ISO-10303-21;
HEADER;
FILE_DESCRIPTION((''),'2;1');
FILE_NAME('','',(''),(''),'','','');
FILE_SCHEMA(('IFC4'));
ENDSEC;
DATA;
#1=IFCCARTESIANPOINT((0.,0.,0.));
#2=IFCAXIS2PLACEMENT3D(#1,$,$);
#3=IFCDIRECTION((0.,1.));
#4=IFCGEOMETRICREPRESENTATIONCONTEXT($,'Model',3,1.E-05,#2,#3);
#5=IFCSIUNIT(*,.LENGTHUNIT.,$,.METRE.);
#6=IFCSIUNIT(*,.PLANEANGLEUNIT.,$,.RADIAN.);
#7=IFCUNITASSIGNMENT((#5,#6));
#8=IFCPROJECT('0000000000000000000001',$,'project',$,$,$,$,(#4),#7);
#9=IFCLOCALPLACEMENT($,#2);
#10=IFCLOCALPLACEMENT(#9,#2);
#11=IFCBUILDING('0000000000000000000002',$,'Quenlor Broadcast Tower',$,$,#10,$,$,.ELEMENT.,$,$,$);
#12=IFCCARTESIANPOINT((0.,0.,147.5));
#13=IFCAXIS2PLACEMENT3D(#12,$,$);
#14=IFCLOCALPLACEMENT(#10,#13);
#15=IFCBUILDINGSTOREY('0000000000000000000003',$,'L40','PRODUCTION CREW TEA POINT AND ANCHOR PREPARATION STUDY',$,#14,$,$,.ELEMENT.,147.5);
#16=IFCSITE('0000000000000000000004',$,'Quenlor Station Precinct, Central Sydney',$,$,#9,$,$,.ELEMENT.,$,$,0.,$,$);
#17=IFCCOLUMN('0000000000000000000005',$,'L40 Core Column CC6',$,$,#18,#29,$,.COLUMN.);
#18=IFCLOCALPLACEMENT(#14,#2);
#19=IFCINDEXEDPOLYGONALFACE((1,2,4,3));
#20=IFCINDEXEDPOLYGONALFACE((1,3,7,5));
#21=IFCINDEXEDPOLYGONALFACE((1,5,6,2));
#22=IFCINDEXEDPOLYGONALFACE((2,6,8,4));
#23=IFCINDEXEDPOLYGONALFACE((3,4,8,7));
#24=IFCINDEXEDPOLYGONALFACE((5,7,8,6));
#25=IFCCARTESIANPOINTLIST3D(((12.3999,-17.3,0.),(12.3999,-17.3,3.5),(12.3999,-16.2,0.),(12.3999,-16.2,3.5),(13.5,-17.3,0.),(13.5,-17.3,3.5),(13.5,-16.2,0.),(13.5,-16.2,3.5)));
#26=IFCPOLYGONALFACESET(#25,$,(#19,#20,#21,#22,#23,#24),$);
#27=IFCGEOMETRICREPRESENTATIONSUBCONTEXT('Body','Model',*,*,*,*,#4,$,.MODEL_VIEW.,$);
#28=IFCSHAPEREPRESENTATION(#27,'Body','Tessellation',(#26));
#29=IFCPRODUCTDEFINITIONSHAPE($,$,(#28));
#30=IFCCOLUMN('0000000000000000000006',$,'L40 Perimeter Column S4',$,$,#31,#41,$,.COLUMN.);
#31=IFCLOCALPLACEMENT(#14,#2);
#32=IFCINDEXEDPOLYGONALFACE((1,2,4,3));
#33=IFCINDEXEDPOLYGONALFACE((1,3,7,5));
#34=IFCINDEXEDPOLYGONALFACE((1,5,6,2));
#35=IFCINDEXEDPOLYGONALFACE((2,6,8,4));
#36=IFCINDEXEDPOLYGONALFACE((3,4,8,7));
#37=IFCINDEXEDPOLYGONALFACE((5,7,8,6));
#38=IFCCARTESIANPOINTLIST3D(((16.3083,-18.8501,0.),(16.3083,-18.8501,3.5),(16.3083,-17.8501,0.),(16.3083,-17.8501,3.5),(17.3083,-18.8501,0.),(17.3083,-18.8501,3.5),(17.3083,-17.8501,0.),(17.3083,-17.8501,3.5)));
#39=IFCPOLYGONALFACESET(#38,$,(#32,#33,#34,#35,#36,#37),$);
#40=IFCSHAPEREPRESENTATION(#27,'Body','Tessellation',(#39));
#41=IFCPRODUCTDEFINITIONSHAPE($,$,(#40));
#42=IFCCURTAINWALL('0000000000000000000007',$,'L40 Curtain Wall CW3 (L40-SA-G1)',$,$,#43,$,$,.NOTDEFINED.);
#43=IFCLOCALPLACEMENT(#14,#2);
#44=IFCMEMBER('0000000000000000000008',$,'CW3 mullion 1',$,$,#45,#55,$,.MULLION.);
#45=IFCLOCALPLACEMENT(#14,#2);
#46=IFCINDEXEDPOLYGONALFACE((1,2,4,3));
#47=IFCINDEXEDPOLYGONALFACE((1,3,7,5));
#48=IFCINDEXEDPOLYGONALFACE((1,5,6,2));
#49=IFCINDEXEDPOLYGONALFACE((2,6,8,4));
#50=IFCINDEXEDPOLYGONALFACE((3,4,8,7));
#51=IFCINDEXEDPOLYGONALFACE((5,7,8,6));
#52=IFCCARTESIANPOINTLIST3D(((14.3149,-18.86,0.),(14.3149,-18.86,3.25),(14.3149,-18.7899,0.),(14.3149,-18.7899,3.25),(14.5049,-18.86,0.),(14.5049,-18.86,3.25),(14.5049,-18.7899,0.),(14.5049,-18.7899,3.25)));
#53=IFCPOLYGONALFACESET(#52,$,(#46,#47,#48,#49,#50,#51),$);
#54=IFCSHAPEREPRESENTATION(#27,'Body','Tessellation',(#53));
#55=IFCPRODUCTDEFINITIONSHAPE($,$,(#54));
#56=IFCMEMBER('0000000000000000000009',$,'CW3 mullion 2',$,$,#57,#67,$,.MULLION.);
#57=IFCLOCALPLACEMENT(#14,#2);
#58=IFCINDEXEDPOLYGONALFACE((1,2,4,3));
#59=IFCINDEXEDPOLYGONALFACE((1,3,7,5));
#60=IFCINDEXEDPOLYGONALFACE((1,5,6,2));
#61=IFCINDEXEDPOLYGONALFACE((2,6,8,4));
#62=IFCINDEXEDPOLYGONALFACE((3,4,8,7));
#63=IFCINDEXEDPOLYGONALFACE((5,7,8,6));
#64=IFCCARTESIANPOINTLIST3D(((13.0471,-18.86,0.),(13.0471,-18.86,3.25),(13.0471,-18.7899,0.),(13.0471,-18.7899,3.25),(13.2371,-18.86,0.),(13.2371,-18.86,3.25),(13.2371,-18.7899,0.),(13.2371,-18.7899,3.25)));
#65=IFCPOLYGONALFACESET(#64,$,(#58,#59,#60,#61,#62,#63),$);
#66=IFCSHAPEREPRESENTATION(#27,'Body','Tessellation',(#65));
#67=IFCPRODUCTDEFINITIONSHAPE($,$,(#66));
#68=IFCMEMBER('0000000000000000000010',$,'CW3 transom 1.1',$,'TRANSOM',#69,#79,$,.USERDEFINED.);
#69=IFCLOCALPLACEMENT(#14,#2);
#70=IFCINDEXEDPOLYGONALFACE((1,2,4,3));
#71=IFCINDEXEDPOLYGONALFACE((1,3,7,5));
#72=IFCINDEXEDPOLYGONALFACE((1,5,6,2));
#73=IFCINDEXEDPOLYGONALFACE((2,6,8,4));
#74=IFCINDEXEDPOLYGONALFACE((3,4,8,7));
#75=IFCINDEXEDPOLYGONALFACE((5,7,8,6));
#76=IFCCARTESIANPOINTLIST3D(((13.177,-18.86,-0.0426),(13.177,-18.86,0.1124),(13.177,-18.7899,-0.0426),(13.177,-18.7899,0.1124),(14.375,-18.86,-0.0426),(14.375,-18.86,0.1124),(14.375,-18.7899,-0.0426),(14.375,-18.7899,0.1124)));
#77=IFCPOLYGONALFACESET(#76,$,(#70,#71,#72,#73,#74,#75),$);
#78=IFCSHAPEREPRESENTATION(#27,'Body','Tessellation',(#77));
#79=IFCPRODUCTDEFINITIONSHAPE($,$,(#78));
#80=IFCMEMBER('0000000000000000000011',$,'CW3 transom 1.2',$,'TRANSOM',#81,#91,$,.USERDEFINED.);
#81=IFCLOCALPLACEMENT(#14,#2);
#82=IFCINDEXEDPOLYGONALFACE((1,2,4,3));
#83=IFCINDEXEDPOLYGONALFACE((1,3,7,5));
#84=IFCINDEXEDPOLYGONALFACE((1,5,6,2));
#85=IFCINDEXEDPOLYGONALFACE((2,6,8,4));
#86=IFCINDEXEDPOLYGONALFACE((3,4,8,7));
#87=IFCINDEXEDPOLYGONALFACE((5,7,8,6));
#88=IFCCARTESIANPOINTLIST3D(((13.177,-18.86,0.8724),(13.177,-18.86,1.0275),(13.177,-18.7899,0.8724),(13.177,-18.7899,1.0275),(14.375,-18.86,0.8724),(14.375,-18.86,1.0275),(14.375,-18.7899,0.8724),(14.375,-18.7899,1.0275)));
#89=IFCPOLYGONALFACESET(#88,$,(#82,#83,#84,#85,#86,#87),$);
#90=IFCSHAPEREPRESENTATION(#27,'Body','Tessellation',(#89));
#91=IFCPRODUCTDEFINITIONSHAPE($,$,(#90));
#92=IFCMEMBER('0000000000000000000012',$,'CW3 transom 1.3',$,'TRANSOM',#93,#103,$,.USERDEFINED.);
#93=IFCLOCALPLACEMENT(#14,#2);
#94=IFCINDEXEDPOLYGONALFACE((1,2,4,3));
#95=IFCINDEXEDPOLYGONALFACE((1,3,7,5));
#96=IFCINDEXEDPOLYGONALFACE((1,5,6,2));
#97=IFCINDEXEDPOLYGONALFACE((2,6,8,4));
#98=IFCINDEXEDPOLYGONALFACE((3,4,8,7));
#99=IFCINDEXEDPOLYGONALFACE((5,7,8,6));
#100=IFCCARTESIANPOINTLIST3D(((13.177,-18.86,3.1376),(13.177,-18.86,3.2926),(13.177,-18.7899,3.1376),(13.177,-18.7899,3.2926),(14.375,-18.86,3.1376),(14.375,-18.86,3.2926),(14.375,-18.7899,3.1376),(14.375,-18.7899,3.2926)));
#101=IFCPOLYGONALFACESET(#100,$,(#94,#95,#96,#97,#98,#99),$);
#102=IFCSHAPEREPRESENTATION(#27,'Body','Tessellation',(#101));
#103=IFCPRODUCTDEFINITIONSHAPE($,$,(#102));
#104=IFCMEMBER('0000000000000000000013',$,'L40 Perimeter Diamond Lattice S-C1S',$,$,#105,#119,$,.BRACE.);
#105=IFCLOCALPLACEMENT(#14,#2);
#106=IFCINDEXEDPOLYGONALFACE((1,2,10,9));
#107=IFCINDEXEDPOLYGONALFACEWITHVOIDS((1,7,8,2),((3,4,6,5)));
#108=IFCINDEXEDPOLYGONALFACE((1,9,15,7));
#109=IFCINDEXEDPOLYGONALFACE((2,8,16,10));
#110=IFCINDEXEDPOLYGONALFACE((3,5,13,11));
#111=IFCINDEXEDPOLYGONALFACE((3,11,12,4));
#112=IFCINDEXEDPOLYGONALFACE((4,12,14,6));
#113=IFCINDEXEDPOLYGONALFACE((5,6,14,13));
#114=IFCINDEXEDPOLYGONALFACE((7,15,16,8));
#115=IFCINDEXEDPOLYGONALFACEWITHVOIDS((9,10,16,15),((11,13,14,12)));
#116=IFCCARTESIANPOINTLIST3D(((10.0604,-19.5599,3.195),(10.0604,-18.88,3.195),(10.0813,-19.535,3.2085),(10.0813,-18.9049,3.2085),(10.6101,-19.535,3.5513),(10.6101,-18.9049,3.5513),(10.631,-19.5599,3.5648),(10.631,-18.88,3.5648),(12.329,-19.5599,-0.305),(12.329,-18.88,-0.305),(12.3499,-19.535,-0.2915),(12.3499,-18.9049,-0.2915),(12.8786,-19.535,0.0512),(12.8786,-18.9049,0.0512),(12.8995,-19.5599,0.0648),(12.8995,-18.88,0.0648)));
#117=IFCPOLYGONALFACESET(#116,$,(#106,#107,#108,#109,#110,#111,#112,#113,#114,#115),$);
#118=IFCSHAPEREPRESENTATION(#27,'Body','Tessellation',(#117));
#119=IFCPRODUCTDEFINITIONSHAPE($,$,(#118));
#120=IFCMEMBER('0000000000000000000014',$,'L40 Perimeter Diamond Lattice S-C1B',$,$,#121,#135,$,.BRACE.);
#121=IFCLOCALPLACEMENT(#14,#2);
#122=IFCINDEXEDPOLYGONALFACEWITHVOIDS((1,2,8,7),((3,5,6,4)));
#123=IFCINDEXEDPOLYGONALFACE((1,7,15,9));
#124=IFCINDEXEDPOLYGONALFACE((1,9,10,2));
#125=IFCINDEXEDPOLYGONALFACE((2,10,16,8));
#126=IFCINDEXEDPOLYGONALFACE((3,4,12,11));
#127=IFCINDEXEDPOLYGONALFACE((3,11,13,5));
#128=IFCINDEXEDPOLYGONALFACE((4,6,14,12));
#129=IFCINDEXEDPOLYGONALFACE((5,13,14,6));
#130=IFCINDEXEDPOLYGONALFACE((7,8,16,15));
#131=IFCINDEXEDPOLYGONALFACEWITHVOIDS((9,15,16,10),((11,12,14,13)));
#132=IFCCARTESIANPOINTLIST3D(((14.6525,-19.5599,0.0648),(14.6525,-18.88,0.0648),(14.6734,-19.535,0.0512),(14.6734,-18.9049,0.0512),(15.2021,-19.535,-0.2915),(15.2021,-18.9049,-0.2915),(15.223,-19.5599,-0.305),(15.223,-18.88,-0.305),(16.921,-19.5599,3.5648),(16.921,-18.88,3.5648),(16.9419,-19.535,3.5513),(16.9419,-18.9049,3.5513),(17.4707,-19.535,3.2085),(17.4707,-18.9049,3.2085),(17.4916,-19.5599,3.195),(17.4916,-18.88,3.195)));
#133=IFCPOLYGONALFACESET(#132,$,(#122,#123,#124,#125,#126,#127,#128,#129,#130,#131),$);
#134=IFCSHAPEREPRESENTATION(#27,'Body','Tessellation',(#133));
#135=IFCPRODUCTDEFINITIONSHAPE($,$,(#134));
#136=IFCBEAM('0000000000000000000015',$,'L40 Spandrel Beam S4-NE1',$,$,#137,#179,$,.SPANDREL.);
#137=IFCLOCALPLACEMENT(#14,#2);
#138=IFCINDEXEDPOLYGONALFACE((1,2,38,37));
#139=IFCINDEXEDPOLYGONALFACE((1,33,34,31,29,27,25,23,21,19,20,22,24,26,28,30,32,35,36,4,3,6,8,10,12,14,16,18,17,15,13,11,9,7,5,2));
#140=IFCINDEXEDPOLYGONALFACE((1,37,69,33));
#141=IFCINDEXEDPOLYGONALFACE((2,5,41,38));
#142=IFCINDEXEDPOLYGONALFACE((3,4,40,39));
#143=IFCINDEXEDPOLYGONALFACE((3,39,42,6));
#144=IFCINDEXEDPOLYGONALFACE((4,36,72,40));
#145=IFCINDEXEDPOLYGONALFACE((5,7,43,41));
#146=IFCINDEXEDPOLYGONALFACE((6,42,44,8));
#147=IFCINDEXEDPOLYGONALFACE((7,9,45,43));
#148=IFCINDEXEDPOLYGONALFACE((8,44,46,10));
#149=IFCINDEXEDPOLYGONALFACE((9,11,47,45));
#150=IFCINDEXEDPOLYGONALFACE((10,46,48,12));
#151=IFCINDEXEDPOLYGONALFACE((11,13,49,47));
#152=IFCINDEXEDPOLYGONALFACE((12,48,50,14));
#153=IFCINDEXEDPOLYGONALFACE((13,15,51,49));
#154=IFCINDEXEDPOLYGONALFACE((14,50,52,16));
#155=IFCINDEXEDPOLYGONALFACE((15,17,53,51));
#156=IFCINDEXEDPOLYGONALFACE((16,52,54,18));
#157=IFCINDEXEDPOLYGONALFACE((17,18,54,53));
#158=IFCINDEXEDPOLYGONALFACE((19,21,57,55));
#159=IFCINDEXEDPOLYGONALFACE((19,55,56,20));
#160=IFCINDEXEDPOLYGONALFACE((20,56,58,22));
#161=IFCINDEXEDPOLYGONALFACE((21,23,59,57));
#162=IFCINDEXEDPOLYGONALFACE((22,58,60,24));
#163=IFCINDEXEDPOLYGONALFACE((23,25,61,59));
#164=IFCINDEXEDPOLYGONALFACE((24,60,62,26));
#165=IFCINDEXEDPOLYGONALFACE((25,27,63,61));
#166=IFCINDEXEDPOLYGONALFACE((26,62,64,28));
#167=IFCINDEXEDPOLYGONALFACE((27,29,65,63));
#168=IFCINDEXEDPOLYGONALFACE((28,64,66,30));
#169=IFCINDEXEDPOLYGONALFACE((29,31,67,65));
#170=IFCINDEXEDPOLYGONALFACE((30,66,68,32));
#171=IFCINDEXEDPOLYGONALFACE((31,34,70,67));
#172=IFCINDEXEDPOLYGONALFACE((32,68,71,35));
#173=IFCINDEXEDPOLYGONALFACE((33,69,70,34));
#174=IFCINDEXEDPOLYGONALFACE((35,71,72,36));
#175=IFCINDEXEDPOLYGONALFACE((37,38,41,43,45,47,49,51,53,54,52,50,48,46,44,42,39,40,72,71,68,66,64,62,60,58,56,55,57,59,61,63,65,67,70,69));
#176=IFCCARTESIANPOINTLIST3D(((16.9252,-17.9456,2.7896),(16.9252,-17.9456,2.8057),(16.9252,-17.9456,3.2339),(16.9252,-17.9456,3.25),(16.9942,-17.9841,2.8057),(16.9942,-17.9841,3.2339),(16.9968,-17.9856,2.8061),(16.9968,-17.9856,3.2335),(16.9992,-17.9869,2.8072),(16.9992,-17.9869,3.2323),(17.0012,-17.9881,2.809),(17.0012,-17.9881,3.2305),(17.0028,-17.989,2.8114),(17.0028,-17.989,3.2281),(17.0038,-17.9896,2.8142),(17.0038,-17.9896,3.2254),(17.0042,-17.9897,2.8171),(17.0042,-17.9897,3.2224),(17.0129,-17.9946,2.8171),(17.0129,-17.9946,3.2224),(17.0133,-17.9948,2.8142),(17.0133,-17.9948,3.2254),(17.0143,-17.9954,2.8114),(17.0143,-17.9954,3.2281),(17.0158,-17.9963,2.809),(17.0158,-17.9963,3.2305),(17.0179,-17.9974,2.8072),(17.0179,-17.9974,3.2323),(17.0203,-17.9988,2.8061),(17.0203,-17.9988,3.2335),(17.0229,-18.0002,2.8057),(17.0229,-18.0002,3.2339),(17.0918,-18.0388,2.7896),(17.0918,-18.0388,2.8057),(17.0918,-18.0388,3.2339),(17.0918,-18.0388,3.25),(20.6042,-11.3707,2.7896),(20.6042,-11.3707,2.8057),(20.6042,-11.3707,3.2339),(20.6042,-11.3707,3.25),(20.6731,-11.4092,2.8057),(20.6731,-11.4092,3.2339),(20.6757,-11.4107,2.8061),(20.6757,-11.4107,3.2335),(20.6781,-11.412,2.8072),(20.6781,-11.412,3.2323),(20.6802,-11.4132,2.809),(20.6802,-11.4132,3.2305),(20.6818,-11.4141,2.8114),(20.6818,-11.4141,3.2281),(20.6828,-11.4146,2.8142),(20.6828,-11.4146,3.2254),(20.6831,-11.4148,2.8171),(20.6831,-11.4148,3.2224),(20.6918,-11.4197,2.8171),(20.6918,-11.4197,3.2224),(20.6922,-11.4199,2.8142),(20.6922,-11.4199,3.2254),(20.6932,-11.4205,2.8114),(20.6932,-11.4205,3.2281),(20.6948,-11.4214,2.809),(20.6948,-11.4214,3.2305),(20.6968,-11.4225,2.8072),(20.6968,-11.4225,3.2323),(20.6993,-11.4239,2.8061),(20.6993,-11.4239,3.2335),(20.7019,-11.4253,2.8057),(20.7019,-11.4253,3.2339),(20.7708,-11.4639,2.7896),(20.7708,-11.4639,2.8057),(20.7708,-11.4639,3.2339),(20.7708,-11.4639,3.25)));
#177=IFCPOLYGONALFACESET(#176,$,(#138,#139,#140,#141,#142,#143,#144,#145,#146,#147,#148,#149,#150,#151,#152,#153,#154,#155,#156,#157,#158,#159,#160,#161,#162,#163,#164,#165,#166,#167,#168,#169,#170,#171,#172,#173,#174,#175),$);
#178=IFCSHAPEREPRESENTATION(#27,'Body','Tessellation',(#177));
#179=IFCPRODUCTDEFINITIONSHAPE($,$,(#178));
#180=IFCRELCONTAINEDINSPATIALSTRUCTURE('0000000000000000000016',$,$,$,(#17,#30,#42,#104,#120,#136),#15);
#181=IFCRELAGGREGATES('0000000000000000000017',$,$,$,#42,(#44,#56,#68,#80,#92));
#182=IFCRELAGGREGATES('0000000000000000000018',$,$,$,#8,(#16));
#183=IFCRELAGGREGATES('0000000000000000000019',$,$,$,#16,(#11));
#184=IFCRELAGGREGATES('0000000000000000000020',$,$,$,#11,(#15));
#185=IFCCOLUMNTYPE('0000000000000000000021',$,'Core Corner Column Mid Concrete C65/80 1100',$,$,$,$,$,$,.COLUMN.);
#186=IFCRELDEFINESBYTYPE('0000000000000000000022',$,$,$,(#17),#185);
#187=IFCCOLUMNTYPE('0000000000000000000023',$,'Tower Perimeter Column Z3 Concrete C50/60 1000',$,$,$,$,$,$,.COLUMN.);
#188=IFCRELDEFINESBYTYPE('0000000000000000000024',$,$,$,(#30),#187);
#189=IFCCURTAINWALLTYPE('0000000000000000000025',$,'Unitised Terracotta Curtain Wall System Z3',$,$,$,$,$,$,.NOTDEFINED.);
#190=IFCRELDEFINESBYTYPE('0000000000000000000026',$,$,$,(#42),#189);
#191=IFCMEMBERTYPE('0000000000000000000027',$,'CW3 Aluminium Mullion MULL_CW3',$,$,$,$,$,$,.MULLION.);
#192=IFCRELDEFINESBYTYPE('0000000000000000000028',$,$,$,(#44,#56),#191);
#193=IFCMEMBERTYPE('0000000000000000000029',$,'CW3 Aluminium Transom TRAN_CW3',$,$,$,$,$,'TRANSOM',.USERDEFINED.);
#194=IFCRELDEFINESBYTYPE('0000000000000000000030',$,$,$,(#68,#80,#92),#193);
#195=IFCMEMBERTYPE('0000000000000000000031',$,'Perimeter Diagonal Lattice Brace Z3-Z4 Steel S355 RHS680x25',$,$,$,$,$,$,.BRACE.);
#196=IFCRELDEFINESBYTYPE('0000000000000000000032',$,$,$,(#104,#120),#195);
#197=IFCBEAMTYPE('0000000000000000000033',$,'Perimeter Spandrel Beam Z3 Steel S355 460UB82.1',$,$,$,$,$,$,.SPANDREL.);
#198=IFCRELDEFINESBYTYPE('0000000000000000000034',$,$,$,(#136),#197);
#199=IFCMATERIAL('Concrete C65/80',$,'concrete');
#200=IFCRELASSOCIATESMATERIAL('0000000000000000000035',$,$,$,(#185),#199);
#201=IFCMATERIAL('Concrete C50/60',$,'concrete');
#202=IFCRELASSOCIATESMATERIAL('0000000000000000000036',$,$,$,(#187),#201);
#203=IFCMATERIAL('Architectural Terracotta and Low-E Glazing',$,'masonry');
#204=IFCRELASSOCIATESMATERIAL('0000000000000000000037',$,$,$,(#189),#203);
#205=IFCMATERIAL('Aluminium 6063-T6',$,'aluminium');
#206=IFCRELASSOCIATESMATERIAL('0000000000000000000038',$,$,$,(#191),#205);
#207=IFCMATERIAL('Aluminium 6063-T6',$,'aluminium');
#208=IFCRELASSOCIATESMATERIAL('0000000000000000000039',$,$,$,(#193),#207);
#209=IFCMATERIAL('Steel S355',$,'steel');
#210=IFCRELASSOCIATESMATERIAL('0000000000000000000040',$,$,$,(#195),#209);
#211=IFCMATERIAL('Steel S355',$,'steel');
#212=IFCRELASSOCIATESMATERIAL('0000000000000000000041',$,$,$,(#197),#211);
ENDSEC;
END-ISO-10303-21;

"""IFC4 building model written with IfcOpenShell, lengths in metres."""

from ifc_helpers import new_model, si_unit, direction, frame, origin, origin_2d, place, context, subcontext, project, spatial, rectangle, hollow_rectangle, i_section, extrude, material, material_profile, profile_set, type_object, element, aggregate, save


model = new_model("IFC4")

# Units and contexts
model_context = context("Model", 3, precision=1e-05, world=origin(), true_north=direction((0.0, 1.0)))
body_context = subcontext(model_context, "Body", "Model", "MODEL_VIEW")
ifc_project = project(units=[si_unit("LENGTHUNIT", "METRE"), si_unit("PLANEANGLEUNIT", "RADIAN")], contexts=[model_context])

# Site, building, storey
site_placement = place(None, origin())
site = spatial("IfcSite", under=ifc_project, at=site_placement, Name="Quenlor Station Precinct, Central Sydney", CompositionType="ELEMENT", RefElevation=0.0)
building_placement = place(site_placement, origin())
building = spatial("IfcBuilding", under=site, at=building_placement, Name="Quenlor Broadcast Tower", CompositionType="ELEMENT")
storey_placement = place(building_placement, frame((0.0, 0.0, 147.5)))
storey = spatial("IfcBuildingStorey", under=building, at=storey_placement, Name="L40", Description="PRODUCTION CREW TEA POINT AND ANCHOR PREPARATION STUDY", CompositionType="ELEMENT", Elevation=147.5)

# Columns
ifc_material_1 = material(Name="Concrete C65/80", Category="concrete")
ifc_material_profile_1 = material_profile(ifc_material_1, rectangle(XDim=1.1001, YDim=1.1001, at=origin_2d()))
ifc_profile_set_1 = profile_set([ifc_material_profile_1], Name="Concrete C65/80 RC1100x1100")
column_type_1 = type_object("IfcColumnType", Name="Core Corner Column Mid Concrete C65/80 1100", PredefinedType="COLUMN", material=ifc_profile_set_1)
column_1_placement = place(storey_placement, frame((12.95, -16.75, 0.0), z_axis=(0.0, 0.0, 1.0), x_axis=(1.0, 0.0, 0.0)))
element("IfcColumn", 1, at=column_1_placement, inside=storey, type_object=column_type_1, Name="L40 Core Column CC6", PredefinedType="COLUMN", context=body_context, shape_type="SweptSolid", body=[
    extrude(rectangle(XDim=1.1001, YDim=1.1001, at=origin_2d()), origin(), (0.0, 0.0, 1.0), 3.5),
])
ifc_material_2 = material(Name="Concrete C50/60", Category="concrete")
ifc_material_profile_2 = material_profile(ifc_material_2, rectangle(XDim=1.0, YDim=1.0, at=origin_2d()))
ifc_profile_set_2 = profile_set([ifc_material_profile_2], Name="Concrete C50/60 RC1000x1000")
column_type_2 = type_object("IfcColumnType", Name="Tower Perimeter Column Z3 Concrete C50/60 1000", PredefinedType="COLUMN", material=ifc_profile_set_2)
column_2_placement = place(storey_placement, frame((16.8083, -18.3501, 0.0), z_axis=(0.0, 0.0, 1.0), x_axis=(0.0, 1.0, 0.0)))
element("IfcColumn", 2, at=column_2_placement, inside=storey, type_object=column_type_2, Name="L40 Perimeter Column S4", PredefinedType="COLUMN", context=body_context, shape_type="SweptSolid", body=[
    extrude(rectangle(XDim=1.0, YDim=1.0, at=origin_2d()), origin(), (0.0, 0.0, 1.0), 3.5),
])

# Curtain wall, members
ifc_material_3 = material(Name="Architectural Terracotta and Low-E Glazing", Category="masonry")
curtain_wall_type = type_object("IfcCurtainWallType", Name="Unitised Terracotta Curtain Wall System Z3", PredefinedType="NOTDEFINED", material=ifc_material_3)
curtain_wall_placement = place(storey_placement, origin())
curtain_wall = element("IfcCurtainWall", 3, at=curtain_wall_placement, inside=storey, type_object=curtain_wall_type, Name="L40 Curtain Wall CW3 (L40-SA-G1)", PredefinedType="NOTDEFINED")
ifc_material_4 = material(Name="Aluminium 6063-T6", Category="aluminium")
ifc_material_profile_3 = material_profile(ifc_material_4, rectangle(XDim=0.0701, YDim=0.1899, at=origin_2d()))
ifc_profile_set_3 = profile_set([ifc_material_profile_3], Name="Aluminium 6063-T6 MULL70x190")
member_type_1 = type_object("IfcMemberType", Name="CW3 Aluminium Mullion MULL_CW3", PredefinedType="MULLION", material=ifc_profile_set_3)
member_1_placement = place(storey_placement, frame((14.4099, -18.825, 0.0), z_axis=(0.0, 0.0, 1.0), x_axis=(0.0, -1.0, 0.0)))
member_1 = element("IfcMember", 4, at=member_1_placement, type_object=member_type_1, Name="CW3 mullion 1", PredefinedType="MULLION", context=body_context, shape_type="SweptSolid", body=[
    extrude(rectangle(XDim=0.0701, YDim=0.1899, at=origin_2d()), origin(), (0.0, 0.0, 1.0), 3.25),
])
member_2_placement = place(storey_placement, frame((13.1421, -18.825, 0.0), z_axis=(0.0, 0.0, 1.0), x_axis=(0.0, -1.0, 0.0)))
member_2 = element("IfcMember", 5, at=member_2_placement, type_object=member_type_1, Name="CW3 mullion 2", PredefinedType="MULLION", context=body_context, shape_type="SweptSolid", body=[
    extrude(rectangle(XDim=0.0701, YDim=0.1899, at=origin_2d()), origin(), (0.0, 0.0, 1.0), 3.25),
])
ifc_material_5 = material(Name="Aluminium 6063-T6", Category="aluminium")
ifc_material_profile_4 = material_profile(ifc_material_5, rectangle(XDim=0.0701, YDim=0.155, at=origin_2d()))
ifc_profile_set_4 = profile_set([ifc_material_profile_4], Name="Aluminium 6063-T6 TRAN70x155")
member_type_2 = type_object("IfcMemberType", Name="CW3 Aluminium Transom TRAN_CW3", ElementType="TRANSOM", PredefinedType="USERDEFINED", material=ifc_profile_set_4)
member_3_placement = place(storey_placement, frame((14.375, -18.825, 0.0349), z_axis=(-1.0, 0.0, 0.0), x_axis=(0.0, -1.0, 0.0)))
member_3 = element("IfcMember", 6, at=member_3_placement, type_object=member_type_2, Name="CW3 transom 1.1", ObjectType="TRANSOM", PredefinedType="USERDEFINED", context=body_context, shape_type="SweptSolid", body=[
    extrude(rectangle(XDim=0.0701, YDim=0.155, at=origin_2d()), origin(), (0.0, 0.0, 1.0), 1.198),
])
member_4_placement = place(storey_placement, frame((14.375, -18.825, 0.95), z_axis=(-1.0, 0.0, 0.0), x_axis=(0.0, -1.0, 0.0)))
member_4 = element("IfcMember", 7, at=member_4_placement, type_object=member_type_2, Name="CW3 transom 1.2", ObjectType="TRANSOM", PredefinedType="USERDEFINED", context=body_context, shape_type="SweptSolid", body=[
    extrude(rectangle(XDim=0.0701, YDim=0.155, at=origin_2d()), origin(), (0.0, 0.0, 1.0), 1.198),
])
member_5_placement = place(storey_placement, frame((14.375, -18.825, 3.2151), z_axis=(-1.0, 0.0, 0.0), x_axis=(0.0, -1.0, 0.0)))
member_5 = element("IfcMember", 8, at=member_5_placement, type_object=member_type_2, Name="CW3 transom 1.3", ObjectType="TRANSOM", PredefinedType="USERDEFINED", context=body_context, shape_type="SweptSolid", body=[
    extrude(rectangle(XDim=0.0701, YDim=0.155, at=origin_2d()), origin(), (0.0, 0.0, 1.0), 1.198),
])

# Members
ifc_material_6 = material(Name="Steel S355", Category="steel")
ifc_material_profile_5 = material_profile(ifc_material_6, hollow_rectangle(XDim=0.6799, YDim=0.6799, WallThickness=0.0249, at=origin_2d()))
ifc_profile_set_5 = profile_set([ifc_material_profile_5], Name="Steel S355 RHS680x680x25")
member_type_3 = type_object("IfcMemberType", Name="Perimeter Diagonal Lattice Brace Z3-Z4 Steel S355 RHS680x25", PredefinedType="BRACE", material=ifc_profile_set_5)
for number, where, z_axis, x_axis, name in (
    (9, (12.6143, -19.22, -0.1201), (-0.543902, 0.0, 0.839149), (0.0, -1.0, 0.0), "L40 Perimeter Diamond Lattice S-C1S"),
    (10, (14.9377, -19.22, -0.1201), (0.543902, 0.0, 0.839149), (0.0, 1.0, 0.0), "L40 Perimeter Diamond Lattice S-C1B"),
):
    element("IfcMember", number, at=place(storey_placement, frame(where, z_axis=z_axis, x_axis=x_axis)), inside=storey, type_object=member_type_3, Name=name, PredefinedType="BRACE", context=body_context, shape_type="SweptSolid", body=[
        extrude(hollow_rectangle(XDim=0.6799, YDim=0.6799, WallThickness=0.0249, at=origin_2d()), origin(), (0.0, 0.0, 1.0), 4.1709),
    ])

# Beam
ifc_material_7 = material(Name="Steel S355", Category="steel")
ifc_material_profile_6 = material_profile(ifc_material_7, i_section(OverallWidth=0.1909, OverallDepth=0.4604, WebThickness=0.01, FlangeThickness=0.0161, FilletRadius=0.0115, at=origin_2d()))
ifc_profile_set_6 = profile_set([ifc_material_profile_6], Name="Steel S355 460UB82.1")
beam_type_1 = type_object("IfcBeamType", Name="Perimeter Spandrel Beam Z3 Steel S355 460UB82.1", PredefinedType="SPANDREL", material=ifc_profile_set_6)
beam_1_placement = place(storey_placement, frame((17.0085, -17.9922, 3.0198), z_axis=(0.488298, 0.872677, 0.0), x_axis=(-0.872677, 0.488298, 0.0)))
element("IfcBeam", 11, at=beam_1_placement, inside=storey, type_object=beam_type_1, Name="L40 Spandrel Beam S4-NE1", PredefinedType="SPANDREL", context=body_context, shape_type="SweptSolid", body=[
    extrude(i_section(OverallWidth=0.1909, OverallDepth=0.4604, WebThickness=0.01, FlangeThickness=0.0161, FilletRadius=0.0115, at=origin_2d()), origin(), (0.0, 0.0, 1.0), 7.5342),
])

aggregate(curtain_wall, [member_1, member_2, member_3, member_4, member_5])

save(model, "model.ifc")
